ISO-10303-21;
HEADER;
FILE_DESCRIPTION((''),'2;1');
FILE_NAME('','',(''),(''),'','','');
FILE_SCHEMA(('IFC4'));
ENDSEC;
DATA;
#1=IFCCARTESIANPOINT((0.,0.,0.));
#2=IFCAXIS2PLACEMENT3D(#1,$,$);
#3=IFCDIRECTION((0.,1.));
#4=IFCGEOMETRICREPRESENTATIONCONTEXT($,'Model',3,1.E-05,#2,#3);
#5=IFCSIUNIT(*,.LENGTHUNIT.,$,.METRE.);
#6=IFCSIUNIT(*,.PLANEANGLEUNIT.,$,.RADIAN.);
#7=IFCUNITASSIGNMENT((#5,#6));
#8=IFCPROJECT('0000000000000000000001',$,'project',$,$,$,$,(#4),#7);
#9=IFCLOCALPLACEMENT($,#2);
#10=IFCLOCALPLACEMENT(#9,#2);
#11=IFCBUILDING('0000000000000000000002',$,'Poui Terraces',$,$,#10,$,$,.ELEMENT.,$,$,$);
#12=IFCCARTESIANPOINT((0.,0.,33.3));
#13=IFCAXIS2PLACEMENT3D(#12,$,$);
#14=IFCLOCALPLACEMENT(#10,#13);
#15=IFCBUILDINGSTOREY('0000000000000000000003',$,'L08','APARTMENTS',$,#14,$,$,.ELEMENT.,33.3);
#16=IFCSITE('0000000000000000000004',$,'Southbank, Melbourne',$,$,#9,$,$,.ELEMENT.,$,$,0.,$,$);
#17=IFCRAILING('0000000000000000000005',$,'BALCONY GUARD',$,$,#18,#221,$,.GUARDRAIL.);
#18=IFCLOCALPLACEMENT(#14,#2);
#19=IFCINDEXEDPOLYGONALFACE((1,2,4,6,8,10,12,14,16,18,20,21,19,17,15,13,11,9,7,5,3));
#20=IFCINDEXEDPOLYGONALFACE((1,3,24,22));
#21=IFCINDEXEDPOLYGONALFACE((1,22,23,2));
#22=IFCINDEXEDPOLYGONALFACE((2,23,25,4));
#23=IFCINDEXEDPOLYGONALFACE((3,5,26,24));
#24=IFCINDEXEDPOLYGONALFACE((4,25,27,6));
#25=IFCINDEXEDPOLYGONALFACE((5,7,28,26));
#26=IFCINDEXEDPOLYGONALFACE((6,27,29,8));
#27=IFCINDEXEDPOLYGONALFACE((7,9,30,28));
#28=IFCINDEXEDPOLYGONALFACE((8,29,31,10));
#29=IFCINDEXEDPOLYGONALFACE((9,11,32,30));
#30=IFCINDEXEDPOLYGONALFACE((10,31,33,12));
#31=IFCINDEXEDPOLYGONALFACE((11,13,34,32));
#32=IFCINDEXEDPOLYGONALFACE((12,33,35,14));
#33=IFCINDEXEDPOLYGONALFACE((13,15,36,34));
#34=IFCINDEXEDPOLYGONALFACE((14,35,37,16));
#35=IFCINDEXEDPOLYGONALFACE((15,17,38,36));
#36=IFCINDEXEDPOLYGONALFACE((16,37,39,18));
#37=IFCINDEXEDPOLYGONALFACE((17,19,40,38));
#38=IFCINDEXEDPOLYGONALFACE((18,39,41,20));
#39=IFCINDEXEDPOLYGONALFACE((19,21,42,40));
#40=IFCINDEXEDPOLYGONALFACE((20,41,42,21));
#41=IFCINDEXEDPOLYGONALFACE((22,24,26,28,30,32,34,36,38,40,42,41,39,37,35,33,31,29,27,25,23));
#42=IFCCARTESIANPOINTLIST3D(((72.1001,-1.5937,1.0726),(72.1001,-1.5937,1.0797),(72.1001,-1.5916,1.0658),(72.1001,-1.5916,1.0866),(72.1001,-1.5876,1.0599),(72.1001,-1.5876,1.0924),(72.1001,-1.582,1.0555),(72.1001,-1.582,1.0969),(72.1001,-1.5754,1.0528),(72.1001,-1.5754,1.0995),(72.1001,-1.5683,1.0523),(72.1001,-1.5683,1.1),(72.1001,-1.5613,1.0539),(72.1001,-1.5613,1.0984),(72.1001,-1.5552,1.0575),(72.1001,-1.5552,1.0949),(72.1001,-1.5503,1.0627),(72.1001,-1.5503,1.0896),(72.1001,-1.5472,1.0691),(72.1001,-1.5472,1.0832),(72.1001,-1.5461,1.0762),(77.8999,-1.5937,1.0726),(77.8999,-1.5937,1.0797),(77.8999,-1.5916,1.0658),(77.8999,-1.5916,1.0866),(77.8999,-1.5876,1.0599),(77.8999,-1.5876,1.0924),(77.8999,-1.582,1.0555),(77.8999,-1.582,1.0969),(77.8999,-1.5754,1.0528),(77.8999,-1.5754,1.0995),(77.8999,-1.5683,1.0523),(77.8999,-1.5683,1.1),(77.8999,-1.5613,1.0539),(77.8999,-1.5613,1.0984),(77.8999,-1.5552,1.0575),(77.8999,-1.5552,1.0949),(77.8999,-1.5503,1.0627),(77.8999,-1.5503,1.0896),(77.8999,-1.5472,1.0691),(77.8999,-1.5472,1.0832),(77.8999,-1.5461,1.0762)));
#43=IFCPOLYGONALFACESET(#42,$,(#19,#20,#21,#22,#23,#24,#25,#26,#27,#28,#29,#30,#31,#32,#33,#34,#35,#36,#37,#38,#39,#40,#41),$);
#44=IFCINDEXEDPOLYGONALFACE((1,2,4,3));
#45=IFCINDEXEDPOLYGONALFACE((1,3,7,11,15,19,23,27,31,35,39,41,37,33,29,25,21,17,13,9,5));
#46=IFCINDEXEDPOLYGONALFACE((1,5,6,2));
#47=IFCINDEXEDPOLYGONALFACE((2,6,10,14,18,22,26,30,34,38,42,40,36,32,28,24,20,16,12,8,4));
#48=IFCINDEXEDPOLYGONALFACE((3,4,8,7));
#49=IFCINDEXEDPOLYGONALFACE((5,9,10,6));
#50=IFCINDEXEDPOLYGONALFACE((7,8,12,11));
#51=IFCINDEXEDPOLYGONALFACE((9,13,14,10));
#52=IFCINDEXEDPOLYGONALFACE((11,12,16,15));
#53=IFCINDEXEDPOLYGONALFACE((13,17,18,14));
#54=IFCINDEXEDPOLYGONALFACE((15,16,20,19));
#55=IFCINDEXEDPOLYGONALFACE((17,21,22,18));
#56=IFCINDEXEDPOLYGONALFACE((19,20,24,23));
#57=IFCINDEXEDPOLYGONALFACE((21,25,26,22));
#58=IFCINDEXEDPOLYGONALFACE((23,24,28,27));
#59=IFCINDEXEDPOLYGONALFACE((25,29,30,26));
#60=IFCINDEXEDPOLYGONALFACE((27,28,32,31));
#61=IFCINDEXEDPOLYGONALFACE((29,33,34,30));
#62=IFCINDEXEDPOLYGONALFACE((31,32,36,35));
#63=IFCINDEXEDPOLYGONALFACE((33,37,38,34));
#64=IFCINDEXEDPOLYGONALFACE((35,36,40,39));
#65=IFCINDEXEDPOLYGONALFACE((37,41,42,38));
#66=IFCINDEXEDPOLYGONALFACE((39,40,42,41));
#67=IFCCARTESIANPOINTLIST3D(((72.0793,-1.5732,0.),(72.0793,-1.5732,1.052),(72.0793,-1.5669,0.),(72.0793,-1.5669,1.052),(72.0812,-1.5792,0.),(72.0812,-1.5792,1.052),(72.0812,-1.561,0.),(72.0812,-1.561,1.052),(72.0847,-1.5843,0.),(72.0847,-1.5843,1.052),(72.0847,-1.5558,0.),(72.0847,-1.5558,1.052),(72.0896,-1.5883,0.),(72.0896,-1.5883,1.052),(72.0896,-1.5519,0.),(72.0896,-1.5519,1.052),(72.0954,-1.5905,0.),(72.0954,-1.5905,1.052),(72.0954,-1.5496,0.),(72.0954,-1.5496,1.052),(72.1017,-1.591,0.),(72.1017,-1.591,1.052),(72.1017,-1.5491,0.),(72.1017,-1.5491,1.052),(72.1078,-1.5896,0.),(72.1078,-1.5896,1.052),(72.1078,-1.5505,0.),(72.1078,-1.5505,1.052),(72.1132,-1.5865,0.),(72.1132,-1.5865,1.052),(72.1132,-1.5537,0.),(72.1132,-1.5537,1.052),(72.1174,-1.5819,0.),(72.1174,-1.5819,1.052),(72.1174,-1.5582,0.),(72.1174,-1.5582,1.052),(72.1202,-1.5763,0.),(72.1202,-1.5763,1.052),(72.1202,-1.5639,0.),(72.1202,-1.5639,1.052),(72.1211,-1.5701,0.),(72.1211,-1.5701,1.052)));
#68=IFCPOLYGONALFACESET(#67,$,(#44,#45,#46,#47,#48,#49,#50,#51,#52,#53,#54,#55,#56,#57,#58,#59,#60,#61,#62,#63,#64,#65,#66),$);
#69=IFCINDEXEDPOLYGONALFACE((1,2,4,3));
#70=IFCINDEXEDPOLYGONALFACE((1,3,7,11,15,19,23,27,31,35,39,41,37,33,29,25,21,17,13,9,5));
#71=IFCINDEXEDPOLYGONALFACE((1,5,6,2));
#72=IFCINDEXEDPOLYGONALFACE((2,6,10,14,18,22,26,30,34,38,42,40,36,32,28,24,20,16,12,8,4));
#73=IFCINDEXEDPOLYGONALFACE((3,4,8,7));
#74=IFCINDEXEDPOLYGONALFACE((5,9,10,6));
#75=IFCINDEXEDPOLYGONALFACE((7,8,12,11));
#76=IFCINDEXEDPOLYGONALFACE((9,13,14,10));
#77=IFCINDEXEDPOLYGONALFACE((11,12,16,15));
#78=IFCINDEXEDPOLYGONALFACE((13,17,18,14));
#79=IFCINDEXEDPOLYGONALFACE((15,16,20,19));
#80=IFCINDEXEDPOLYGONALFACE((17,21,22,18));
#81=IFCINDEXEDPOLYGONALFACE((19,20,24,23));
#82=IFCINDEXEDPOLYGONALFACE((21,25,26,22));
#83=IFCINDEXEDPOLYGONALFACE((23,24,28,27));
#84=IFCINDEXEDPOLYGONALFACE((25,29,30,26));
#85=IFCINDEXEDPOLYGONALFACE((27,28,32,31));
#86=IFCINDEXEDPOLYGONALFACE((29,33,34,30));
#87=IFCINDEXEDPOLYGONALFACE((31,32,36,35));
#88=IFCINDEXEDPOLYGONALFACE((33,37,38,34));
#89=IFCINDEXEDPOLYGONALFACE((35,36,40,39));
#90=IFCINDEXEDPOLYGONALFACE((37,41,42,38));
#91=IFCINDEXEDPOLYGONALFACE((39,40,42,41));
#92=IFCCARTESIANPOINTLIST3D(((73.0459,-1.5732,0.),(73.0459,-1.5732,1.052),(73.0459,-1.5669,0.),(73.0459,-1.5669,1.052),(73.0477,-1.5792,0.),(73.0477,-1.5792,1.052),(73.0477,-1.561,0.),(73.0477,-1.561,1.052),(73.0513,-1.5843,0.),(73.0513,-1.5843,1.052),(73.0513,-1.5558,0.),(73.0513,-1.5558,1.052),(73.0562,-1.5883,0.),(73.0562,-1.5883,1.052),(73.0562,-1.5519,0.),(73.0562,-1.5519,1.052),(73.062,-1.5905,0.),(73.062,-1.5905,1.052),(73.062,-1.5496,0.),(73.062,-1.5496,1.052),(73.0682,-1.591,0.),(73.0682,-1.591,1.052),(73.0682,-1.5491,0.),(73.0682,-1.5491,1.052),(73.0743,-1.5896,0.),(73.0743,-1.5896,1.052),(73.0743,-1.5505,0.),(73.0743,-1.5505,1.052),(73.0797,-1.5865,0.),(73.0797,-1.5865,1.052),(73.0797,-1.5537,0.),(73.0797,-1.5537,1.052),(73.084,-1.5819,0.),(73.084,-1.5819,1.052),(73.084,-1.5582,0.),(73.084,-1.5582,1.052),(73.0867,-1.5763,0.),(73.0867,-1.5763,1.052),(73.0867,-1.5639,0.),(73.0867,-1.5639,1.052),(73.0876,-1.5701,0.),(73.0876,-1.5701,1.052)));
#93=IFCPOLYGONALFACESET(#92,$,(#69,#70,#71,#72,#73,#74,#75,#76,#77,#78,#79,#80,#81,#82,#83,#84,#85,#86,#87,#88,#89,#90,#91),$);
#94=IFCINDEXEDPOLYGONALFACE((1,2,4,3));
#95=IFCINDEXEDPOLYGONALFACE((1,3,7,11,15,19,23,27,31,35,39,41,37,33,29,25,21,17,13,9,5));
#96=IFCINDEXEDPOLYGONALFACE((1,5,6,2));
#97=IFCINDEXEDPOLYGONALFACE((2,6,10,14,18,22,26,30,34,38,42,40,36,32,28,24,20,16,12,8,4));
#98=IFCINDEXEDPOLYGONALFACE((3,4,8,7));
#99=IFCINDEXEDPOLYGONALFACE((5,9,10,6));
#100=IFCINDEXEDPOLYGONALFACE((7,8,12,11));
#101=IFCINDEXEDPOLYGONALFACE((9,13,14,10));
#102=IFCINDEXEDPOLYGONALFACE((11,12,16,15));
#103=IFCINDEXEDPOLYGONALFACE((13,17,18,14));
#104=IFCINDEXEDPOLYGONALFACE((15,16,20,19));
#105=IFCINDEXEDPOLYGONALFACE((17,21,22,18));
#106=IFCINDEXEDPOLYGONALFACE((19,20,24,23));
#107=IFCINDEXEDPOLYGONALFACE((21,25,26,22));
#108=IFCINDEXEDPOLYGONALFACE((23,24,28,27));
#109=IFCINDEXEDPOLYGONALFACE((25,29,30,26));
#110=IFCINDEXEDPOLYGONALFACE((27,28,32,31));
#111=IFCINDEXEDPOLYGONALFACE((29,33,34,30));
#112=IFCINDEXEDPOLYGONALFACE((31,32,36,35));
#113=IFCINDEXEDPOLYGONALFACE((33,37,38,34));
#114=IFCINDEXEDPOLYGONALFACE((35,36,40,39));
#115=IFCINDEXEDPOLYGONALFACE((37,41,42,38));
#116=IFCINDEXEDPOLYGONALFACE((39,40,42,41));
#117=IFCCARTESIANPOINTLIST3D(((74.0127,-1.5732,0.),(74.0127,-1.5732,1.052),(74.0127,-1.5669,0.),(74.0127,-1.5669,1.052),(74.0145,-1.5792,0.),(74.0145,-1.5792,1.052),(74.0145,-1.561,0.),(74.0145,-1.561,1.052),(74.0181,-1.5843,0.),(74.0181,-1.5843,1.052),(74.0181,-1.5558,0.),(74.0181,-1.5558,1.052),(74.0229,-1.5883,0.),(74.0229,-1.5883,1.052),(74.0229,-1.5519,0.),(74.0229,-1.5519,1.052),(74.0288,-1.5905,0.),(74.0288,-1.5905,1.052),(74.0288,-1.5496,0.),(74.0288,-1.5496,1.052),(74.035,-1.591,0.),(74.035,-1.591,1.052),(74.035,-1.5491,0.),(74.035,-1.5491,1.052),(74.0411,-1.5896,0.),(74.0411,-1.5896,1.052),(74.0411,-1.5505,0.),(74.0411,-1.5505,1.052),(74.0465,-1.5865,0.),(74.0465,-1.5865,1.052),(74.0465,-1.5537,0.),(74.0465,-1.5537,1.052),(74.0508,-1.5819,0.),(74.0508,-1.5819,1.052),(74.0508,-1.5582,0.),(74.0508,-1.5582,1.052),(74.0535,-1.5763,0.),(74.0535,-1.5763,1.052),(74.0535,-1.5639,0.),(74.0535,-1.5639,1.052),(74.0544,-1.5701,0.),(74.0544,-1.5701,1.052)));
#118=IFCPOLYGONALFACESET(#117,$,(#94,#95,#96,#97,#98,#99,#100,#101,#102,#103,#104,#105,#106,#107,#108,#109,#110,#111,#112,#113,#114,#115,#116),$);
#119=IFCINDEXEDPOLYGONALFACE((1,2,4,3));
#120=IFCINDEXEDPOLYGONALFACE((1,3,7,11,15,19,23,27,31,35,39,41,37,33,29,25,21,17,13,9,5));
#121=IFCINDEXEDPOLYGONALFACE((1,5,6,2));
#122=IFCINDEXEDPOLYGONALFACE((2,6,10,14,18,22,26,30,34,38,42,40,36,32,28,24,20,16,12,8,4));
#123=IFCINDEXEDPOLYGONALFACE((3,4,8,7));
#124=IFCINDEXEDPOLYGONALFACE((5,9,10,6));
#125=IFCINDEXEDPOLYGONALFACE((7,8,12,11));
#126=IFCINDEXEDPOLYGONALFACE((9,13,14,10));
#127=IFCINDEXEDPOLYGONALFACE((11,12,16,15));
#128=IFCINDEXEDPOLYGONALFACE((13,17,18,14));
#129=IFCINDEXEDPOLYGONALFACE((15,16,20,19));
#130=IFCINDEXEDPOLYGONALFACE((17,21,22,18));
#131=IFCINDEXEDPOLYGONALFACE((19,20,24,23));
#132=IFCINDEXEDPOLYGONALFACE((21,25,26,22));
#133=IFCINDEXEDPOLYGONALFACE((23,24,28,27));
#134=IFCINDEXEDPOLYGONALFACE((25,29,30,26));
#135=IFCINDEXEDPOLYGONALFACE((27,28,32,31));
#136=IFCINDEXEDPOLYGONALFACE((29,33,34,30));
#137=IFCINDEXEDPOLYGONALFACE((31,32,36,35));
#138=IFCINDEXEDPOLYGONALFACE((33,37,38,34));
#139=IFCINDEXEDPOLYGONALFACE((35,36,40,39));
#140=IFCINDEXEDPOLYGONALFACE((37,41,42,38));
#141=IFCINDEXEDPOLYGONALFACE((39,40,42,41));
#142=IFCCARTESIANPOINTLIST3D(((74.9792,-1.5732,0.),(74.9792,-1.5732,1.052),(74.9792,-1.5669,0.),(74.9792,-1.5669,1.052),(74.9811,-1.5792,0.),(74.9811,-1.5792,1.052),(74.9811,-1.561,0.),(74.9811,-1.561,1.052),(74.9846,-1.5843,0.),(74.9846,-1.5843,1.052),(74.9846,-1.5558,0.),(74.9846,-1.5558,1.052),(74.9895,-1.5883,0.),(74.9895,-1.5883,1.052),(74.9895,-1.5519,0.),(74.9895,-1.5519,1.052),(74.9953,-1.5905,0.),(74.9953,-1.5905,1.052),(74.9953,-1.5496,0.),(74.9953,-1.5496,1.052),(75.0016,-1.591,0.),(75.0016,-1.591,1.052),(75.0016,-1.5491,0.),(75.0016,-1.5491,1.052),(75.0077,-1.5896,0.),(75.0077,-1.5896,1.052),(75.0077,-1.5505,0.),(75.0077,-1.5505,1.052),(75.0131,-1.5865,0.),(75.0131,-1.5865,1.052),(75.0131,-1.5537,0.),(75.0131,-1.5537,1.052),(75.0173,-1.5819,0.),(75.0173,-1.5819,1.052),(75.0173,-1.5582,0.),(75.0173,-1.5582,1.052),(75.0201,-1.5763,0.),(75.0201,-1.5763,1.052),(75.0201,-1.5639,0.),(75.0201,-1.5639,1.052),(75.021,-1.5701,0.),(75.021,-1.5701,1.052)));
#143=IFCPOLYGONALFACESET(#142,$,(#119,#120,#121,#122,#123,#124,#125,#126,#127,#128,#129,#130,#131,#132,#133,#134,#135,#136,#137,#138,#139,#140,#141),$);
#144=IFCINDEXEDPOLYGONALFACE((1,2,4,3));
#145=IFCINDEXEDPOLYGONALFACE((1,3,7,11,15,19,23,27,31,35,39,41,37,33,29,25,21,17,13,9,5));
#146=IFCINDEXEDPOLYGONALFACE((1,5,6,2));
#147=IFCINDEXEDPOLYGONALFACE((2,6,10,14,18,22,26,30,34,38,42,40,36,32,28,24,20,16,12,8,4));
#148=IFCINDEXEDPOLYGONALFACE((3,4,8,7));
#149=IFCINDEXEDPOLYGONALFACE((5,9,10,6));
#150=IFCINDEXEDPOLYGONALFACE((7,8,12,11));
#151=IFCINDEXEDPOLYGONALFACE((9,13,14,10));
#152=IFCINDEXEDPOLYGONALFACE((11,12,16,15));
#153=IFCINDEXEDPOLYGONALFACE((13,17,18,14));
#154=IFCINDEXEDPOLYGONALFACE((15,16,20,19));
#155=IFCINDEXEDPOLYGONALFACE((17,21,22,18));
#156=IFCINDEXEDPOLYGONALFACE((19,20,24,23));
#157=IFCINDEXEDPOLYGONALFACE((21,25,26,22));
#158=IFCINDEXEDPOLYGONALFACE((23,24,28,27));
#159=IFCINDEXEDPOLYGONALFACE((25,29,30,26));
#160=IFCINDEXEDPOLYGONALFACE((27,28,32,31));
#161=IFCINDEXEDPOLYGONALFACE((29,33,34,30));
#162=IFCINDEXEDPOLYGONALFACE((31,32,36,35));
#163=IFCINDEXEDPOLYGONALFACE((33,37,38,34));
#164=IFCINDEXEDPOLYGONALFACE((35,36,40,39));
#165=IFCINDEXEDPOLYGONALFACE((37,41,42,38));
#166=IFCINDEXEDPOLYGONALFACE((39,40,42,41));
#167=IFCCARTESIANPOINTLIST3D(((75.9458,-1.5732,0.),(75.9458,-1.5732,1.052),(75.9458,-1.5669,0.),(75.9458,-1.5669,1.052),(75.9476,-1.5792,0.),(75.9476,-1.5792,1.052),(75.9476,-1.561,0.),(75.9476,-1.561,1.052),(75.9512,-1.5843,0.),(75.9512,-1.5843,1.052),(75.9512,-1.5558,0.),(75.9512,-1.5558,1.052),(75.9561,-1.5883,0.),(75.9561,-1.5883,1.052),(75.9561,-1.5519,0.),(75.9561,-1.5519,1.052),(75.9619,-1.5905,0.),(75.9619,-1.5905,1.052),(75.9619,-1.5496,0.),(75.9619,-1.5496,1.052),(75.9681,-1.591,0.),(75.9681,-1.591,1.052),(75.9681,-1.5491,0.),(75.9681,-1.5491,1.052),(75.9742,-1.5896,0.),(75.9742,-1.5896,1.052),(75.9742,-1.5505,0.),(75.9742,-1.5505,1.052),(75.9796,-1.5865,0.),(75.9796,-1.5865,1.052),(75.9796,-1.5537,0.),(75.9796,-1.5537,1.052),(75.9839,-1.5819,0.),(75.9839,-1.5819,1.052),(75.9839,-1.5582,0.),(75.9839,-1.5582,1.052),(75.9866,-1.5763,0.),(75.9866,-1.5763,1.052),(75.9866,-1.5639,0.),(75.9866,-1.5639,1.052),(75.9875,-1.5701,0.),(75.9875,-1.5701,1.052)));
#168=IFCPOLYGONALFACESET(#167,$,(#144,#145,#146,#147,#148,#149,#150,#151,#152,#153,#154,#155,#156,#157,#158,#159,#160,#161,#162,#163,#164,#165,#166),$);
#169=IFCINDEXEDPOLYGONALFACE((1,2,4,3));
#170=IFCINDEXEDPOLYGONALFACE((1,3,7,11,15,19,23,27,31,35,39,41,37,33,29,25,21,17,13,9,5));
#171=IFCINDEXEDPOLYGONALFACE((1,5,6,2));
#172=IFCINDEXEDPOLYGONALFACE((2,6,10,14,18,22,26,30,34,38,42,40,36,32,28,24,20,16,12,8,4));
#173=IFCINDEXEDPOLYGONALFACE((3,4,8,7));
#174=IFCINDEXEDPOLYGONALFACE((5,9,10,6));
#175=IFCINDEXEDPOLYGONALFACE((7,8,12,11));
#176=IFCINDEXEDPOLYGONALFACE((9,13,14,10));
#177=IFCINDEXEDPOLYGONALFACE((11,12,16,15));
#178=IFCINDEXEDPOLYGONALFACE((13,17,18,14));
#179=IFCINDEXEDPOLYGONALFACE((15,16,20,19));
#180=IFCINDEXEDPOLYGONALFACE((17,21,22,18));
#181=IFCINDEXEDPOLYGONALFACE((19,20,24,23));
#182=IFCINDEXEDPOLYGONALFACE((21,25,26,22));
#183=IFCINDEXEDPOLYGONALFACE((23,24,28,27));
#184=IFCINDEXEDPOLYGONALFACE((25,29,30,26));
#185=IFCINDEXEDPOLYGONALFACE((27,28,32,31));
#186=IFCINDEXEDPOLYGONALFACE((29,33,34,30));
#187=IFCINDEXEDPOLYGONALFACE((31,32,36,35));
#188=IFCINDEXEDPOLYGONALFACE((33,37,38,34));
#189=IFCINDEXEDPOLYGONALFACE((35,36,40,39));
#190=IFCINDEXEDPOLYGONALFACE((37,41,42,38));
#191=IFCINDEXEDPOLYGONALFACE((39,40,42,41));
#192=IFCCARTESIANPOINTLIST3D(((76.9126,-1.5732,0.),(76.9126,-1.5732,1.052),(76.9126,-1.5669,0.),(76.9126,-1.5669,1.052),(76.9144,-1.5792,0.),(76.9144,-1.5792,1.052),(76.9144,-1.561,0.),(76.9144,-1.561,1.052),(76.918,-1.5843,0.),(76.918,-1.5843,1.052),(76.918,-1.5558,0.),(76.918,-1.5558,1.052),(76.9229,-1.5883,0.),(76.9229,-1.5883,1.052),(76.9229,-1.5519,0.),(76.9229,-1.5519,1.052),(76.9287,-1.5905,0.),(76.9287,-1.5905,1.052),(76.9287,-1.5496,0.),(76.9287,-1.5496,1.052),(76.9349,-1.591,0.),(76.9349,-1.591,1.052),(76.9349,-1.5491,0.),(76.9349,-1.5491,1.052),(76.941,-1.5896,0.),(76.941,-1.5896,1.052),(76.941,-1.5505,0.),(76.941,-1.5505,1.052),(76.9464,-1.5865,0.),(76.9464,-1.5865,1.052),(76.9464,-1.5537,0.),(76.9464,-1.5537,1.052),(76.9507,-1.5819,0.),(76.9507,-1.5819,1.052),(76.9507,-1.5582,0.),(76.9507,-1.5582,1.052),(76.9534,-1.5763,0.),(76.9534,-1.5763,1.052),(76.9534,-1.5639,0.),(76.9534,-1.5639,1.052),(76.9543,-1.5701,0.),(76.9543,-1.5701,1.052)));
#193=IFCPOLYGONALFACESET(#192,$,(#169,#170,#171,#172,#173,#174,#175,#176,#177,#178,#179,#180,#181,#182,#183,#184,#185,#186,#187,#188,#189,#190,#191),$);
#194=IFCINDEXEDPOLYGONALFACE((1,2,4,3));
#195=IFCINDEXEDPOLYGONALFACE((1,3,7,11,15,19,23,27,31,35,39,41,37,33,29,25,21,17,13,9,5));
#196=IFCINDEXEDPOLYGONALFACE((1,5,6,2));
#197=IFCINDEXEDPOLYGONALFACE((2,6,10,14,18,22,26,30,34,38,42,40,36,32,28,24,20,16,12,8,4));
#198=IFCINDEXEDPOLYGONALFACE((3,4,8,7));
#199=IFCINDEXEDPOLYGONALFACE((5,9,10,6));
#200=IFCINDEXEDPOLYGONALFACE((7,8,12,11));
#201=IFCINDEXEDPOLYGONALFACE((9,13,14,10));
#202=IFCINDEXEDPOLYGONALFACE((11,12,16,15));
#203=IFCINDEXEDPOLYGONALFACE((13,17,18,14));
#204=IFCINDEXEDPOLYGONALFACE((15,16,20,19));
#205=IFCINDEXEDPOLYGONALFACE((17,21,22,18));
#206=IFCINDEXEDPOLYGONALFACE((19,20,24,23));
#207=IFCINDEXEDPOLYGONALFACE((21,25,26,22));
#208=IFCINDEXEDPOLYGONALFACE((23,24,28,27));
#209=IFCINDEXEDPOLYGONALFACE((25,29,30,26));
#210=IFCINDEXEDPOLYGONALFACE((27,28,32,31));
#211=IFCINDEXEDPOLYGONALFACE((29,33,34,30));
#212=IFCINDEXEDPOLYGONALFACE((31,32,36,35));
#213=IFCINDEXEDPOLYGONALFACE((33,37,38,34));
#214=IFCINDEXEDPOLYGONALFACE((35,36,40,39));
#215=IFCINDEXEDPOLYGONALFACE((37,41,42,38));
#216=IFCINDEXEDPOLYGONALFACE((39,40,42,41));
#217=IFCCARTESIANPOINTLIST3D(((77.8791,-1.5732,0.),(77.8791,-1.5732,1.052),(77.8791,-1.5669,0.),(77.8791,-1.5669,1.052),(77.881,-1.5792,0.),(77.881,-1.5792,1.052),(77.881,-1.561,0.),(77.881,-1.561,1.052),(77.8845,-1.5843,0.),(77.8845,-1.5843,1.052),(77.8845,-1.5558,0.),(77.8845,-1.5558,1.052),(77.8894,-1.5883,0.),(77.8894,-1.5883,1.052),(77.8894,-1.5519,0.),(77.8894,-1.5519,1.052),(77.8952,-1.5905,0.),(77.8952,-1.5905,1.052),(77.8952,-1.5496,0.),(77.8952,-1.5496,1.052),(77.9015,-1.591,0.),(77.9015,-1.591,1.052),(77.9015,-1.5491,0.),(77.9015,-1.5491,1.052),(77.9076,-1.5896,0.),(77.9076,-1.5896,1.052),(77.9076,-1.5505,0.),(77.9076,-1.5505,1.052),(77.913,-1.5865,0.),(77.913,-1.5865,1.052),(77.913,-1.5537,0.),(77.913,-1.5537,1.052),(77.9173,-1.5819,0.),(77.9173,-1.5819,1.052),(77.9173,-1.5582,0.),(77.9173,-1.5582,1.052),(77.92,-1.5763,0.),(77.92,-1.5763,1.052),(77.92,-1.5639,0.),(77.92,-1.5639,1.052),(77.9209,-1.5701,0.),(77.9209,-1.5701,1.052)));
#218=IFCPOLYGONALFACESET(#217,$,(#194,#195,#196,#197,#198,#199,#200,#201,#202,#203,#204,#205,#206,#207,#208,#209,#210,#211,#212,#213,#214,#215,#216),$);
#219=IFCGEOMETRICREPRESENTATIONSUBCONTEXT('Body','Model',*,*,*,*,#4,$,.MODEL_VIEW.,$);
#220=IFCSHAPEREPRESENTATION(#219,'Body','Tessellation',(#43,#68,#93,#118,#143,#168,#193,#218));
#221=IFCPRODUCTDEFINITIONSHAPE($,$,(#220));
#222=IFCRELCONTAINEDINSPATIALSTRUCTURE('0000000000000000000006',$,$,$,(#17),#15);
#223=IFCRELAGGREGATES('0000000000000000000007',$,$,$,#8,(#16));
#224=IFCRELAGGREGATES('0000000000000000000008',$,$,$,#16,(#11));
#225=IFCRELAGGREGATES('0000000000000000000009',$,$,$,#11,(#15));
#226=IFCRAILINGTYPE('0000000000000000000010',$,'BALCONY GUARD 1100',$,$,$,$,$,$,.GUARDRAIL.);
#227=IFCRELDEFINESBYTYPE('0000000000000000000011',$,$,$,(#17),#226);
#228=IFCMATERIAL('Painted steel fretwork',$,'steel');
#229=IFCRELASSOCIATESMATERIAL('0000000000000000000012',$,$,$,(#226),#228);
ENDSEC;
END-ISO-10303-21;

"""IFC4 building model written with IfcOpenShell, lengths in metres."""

from ifc_helpers import new_model, si_unit, direction, frame, origin, origin_2d, place, context, subcontext, project, spatial, circle, extrude, material, type_object, element, save


model = new_model("IFC4")

# Units and contexts
model_context = context("Model", 3, precision=1e-05, world=origin(), true_north=direction((0.0, 1.0)))
body_context = subcontext(model_context, "Body", "Model", "MODEL_VIEW")
ifc_project = project(units=[si_unit("LENGTHUNIT", "METRE"), si_unit("PLANEANGLEUNIT", "RADIAN")], contexts=[model_context])

# Site, building, storey
site_placement = place(None, origin())
site = spatial("IfcSite", under=ifc_project, at=site_placement, Name="Southbank, Melbourne", CompositionType="ELEMENT", RefElevation=0.0)
building_placement = place(site_placement, origin())
building = spatial("IfcBuilding", under=site, at=building_placement, Name="Poui Terraces", CompositionType="ELEMENT")
storey_placement = place(building_placement, frame((0.0, 0.0, 33.3)))
storey = spatial("IfcBuildingStorey", under=building, at=storey_placement, Name="L08", Description="APARTMENTS", CompositionType="ELEMENT", Elevation=33.3)

# Railing
ifc_material_1 = material(Name="Painted steel fretwork", Category="steel")
railing_type_1 = type_object("IfcRailingType", Name="BALCONY GUARD 1100", PredefinedType="GUARDRAIL", material=ifc_material_1)
railing_1_placement = place(storey_placement, frame((72.1001, -1.5701, 0.0)))
element("IfcRailing", 1, at=railing_1_placement, inside=storey, type_object=railing_type_1, Name="BALCONY GUARD", PredefinedType="GUARDRAIL", context=body_context, shape_type="SweptSolid", body=[
    extrude(circle(Radius=0.0239, at=origin_2d()), frame((0.0, 0.0, 1.0762), z_axis=(1.0, 0.0, 0.0), x_axis=(0.0, 1.0, 0.0)), (0.0, 0.0, 1.0), 5.7998),
    extrude(circle(Radius=0.021, at=origin_2d()), origin(), (0.0, 0.0, 1.0), 1.052),
    extrude(circle(Radius=0.021, at=origin_2d()), frame((0.9666, 0.0, 0.0)), (0.0, 0.0, 1.0), 1.052),
    extrude(circle(Radius=0.021, at=origin_2d()), frame((1.9333, 0.0, 0.0)), (0.0, 0.0, 1.0), 1.052),
    extrude(circle(Radius=0.021, at=origin_2d()), frame((2.8999, 0.0, 0.0)), (0.0, 0.0, 1.0), 1.052),
    extrude(circle(Radius=0.021, at=origin_2d()), frame((3.8665, 0.0, 0.0)), (0.0, 0.0, 1.0), 1.052),
    extrude(circle(Radius=0.021, at=origin_2d()), frame((4.8333, 0.0, 0.0)), (0.0, 0.0, 1.0), 1.052),
    extrude(circle(Radius=0.021, at=origin_2d()), frame((5.7998, 0.0, 0.0)), (0.0, 0.0, 1.0), 1.052),
])

save(model, "model.ifc")
